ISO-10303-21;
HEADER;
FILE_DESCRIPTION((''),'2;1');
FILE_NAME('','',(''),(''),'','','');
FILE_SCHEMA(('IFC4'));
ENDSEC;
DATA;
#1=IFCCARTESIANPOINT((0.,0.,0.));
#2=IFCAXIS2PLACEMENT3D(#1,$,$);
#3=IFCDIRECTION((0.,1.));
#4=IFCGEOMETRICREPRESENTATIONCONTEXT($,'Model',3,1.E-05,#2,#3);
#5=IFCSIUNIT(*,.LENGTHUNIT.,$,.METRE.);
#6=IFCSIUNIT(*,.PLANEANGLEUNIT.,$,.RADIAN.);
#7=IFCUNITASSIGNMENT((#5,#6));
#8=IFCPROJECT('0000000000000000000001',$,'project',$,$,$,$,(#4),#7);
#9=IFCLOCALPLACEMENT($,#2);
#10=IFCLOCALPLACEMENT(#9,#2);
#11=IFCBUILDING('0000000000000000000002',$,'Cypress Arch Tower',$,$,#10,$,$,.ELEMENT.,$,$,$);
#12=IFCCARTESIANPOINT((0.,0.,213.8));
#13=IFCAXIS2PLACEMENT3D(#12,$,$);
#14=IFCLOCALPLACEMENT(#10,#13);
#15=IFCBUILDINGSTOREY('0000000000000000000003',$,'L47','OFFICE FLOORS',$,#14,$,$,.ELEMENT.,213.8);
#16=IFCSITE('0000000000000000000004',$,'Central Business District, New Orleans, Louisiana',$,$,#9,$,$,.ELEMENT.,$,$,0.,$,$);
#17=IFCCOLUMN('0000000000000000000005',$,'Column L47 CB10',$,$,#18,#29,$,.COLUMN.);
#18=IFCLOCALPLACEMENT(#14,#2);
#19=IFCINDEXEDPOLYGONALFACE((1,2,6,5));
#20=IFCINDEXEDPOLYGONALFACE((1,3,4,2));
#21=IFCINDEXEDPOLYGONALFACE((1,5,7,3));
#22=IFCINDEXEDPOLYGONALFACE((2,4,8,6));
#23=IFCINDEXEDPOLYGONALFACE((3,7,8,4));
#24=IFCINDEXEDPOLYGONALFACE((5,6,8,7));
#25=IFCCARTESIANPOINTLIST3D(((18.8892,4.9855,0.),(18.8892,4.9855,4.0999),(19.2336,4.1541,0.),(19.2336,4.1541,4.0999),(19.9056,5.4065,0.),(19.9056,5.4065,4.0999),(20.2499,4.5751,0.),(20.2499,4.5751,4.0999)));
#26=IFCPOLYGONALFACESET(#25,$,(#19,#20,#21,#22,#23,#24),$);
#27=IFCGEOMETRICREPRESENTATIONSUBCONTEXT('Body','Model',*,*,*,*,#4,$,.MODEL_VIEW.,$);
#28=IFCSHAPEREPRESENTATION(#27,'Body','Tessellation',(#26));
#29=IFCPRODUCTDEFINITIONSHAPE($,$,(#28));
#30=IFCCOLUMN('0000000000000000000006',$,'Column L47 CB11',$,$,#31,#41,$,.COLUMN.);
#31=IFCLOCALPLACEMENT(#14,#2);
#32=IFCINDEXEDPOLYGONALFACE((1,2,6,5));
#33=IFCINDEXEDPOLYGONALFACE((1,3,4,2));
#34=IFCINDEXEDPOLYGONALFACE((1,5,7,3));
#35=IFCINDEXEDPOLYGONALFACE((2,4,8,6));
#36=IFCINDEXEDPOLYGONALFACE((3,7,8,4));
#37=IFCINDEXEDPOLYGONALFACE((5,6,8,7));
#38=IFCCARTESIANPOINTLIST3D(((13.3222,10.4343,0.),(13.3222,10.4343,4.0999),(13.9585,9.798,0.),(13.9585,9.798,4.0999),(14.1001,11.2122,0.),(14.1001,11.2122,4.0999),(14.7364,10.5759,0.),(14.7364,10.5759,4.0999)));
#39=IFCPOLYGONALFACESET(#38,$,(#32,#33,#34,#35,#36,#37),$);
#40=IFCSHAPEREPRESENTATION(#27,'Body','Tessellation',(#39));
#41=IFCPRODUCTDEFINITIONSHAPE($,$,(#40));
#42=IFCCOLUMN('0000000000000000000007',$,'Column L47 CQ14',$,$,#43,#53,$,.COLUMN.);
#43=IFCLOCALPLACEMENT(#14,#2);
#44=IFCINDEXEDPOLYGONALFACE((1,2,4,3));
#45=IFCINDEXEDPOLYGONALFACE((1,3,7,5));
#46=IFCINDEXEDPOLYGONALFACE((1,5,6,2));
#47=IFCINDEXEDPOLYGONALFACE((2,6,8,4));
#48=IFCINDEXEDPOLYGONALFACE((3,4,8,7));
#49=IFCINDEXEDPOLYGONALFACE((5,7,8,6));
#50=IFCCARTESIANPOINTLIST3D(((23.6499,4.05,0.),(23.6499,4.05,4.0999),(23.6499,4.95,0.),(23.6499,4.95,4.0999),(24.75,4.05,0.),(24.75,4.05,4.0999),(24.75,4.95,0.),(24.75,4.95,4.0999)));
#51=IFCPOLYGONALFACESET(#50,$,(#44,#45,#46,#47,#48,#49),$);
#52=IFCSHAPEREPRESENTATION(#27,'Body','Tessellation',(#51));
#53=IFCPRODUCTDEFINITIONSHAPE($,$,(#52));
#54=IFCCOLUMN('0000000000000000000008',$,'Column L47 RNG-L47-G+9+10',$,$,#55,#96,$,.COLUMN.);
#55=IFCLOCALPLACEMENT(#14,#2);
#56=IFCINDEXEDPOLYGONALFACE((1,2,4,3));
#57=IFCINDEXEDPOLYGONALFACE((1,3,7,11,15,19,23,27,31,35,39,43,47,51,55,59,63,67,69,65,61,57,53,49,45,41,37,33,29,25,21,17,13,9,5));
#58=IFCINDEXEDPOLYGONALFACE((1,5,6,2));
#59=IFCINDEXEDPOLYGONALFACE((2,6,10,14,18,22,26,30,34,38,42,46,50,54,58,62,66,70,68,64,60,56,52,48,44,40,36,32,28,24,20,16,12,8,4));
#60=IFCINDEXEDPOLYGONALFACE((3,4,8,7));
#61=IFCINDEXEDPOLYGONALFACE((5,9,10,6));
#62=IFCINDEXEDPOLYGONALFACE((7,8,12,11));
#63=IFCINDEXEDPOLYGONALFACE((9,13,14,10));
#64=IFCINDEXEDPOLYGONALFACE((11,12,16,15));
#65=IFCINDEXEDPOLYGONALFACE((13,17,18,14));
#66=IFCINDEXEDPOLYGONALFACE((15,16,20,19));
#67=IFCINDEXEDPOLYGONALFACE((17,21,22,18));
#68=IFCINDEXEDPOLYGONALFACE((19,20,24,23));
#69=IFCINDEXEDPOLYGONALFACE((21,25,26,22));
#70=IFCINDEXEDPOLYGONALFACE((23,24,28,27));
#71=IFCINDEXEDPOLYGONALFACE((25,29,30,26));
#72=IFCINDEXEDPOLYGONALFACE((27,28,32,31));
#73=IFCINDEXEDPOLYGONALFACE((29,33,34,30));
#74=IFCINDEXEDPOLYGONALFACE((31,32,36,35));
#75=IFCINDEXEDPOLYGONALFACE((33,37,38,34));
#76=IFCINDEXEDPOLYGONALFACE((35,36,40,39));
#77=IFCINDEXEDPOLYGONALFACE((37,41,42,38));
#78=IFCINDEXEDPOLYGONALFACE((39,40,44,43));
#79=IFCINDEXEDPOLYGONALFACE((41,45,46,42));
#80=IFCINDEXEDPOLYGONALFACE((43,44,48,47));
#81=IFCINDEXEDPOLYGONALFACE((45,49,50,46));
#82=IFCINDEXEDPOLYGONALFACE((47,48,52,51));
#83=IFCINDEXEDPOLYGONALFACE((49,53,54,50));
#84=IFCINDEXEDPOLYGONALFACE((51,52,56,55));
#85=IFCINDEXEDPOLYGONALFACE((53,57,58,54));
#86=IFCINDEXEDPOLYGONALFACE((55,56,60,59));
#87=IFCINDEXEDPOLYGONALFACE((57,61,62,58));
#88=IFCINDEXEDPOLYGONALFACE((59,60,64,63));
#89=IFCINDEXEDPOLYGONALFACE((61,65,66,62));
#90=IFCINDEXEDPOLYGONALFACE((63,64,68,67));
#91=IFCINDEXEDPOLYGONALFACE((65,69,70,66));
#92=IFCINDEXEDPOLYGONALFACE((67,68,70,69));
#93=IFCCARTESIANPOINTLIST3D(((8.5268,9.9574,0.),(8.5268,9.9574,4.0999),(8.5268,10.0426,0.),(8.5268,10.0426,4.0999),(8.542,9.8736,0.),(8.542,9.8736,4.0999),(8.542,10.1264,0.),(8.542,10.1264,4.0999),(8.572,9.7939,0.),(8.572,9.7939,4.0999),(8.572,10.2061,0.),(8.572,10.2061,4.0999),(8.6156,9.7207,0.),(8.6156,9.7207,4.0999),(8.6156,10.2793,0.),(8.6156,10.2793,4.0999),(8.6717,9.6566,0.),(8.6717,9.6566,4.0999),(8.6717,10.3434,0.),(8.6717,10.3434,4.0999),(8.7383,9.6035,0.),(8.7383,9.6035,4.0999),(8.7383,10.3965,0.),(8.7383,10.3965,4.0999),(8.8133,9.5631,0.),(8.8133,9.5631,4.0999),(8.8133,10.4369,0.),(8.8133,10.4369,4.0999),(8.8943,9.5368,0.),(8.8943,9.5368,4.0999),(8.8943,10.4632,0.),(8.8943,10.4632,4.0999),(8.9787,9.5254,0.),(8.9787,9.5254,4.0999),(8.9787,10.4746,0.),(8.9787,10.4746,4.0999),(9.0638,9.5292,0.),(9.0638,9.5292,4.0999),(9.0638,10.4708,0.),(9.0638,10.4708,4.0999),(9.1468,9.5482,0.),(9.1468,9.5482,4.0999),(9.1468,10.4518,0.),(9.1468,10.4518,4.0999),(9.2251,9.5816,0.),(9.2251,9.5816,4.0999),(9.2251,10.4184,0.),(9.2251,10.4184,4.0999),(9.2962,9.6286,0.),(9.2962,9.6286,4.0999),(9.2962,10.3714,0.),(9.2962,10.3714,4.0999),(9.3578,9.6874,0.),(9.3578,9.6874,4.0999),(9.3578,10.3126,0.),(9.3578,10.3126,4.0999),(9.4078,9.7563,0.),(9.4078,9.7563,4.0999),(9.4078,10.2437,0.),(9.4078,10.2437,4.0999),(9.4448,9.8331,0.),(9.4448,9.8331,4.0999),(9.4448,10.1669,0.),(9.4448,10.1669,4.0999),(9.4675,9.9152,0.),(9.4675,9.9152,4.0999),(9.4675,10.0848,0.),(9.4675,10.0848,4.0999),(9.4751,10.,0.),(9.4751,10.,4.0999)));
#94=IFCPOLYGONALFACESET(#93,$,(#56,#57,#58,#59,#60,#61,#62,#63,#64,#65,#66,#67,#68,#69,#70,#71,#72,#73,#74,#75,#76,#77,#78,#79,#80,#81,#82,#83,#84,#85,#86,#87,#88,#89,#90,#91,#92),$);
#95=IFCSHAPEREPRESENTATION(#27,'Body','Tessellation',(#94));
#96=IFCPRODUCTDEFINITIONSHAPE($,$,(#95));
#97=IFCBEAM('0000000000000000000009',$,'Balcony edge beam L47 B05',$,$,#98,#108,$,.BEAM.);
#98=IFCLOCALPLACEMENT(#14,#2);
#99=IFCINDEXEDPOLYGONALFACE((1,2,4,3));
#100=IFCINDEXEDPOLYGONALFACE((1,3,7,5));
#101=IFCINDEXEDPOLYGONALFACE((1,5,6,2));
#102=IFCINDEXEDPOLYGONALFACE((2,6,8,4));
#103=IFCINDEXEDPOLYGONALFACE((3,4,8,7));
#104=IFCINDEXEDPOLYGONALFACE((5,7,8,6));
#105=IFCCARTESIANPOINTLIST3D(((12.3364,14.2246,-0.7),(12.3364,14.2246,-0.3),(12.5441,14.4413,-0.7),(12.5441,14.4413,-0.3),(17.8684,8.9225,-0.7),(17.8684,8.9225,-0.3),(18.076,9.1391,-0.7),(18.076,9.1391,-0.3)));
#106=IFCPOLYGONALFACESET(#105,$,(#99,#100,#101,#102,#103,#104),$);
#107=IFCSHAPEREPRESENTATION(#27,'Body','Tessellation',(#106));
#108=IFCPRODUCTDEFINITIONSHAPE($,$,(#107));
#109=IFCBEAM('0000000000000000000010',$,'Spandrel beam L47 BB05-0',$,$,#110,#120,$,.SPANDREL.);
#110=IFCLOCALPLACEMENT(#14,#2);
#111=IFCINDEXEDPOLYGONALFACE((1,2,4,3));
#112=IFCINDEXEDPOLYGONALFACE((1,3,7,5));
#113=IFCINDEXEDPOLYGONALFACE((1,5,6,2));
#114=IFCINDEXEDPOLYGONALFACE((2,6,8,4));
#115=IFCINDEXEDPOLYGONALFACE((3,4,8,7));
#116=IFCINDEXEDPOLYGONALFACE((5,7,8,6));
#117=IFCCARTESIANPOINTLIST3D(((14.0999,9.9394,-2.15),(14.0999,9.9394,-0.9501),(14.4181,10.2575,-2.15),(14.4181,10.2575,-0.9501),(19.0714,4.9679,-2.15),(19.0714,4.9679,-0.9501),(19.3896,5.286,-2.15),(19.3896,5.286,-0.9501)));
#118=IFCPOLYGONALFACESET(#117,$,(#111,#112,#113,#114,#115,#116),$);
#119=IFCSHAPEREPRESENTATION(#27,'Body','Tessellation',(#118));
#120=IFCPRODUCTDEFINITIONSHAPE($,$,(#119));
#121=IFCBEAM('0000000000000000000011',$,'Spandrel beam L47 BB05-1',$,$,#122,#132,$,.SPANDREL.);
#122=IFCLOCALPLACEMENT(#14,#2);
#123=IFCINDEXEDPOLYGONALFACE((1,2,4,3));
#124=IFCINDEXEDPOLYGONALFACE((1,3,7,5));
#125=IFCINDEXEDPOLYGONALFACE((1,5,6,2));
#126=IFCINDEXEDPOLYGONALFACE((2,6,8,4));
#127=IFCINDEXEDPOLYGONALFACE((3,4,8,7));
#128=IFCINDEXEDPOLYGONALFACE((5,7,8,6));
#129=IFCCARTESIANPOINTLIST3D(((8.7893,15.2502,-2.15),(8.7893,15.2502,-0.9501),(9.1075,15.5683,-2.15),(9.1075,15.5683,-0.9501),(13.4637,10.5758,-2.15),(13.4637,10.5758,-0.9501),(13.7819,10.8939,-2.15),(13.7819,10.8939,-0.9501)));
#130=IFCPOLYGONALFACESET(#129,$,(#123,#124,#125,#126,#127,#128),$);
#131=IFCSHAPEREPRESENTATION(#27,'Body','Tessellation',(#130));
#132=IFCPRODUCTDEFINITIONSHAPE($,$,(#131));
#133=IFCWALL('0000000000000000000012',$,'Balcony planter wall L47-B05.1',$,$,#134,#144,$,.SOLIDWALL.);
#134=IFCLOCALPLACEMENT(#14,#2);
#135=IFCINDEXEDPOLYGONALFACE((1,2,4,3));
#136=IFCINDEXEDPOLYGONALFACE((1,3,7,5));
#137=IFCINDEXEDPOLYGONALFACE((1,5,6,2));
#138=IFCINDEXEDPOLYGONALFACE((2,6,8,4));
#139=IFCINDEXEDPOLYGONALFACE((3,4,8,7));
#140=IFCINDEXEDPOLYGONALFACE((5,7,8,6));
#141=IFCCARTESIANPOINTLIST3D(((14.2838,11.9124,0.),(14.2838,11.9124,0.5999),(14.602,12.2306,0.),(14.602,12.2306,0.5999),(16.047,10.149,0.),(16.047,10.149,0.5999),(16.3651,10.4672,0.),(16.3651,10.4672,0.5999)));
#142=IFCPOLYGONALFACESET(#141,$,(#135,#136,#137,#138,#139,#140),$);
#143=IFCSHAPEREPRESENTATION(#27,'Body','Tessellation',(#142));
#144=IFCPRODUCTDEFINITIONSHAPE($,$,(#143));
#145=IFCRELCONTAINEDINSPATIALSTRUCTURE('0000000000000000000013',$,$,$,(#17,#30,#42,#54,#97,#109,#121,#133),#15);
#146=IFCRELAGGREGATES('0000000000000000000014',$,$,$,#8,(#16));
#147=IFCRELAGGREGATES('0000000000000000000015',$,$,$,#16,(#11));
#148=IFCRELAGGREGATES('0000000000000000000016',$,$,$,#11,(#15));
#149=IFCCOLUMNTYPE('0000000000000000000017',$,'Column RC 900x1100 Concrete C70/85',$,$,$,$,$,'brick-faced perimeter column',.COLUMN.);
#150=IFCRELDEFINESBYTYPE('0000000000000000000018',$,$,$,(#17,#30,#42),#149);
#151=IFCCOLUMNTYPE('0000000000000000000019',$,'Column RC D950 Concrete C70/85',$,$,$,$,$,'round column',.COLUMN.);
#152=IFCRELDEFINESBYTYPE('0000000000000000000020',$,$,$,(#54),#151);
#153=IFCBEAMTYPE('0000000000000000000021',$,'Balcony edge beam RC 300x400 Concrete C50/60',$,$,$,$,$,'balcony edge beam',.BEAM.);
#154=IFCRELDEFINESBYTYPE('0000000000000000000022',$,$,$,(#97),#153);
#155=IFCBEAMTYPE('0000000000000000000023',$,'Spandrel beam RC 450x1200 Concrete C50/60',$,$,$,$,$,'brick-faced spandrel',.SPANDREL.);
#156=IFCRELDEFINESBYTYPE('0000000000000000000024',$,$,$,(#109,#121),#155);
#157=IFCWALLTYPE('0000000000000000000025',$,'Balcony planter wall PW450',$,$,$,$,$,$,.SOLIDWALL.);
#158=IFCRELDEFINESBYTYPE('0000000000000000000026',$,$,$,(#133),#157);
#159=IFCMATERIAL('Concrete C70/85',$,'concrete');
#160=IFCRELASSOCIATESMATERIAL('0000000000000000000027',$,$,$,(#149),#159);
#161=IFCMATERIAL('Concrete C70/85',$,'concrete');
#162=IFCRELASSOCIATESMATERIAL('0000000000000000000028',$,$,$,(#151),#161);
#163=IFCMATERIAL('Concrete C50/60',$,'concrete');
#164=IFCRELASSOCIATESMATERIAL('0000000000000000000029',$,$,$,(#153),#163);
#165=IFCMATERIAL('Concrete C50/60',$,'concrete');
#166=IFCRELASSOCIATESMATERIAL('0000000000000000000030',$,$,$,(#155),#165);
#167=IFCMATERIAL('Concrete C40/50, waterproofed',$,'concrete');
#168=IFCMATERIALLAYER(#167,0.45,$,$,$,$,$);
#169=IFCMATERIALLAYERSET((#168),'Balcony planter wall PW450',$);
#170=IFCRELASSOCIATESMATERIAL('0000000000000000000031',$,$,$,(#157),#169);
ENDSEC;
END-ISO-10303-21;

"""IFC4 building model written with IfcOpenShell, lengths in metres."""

from ifc_helpers import new_model, si_unit, direction, frame, frame_2d, origin, origin_2d, place, context, subcontext, project, spatial, rectangle, circle, extrude, material, layer, layer_set, material_profile, profile_set, type_object, element, save


model = new_model("IFC4")

# Units and contexts
model_context = context("Model", 3, precision=1e-05, world=origin(), true_north=direction((0.0, 1.0)))
body_context = subcontext(model_context, "Body", "Model", "MODEL_VIEW")
ifc_project = project(units=[si_unit("LENGTHUNIT", "METRE"), si_unit("PLANEANGLEUNIT", "RADIAN")], contexts=[model_context])

# Site, building, storey
site_placement = place(None, origin())
site = spatial("IfcSite", under=ifc_project, at=site_placement, Name="Central Business District, New Orleans, Louisiana", CompositionType="ELEMENT", RefElevation=0.0)
building_placement = place(site_placement, origin())
building = spatial("IfcBuilding", under=site, at=building_placement, Name="Cypress Arch Tower", CompositionType="ELEMENT")
storey_placement = place(building_placement, frame((0.0, 0.0, 213.8)))
storey = spatial("IfcBuildingStorey", under=building, at=storey_placement, Name="L47", Description="OFFICE FLOORS", CompositionType="ELEMENT", Elevation=213.8)

# Columns
ifc_material_1 = material(Name="Concrete C70/85", Category="concrete")
ifc_material_profile_1 = material_profile(ifc_material_1, rectangle(XDim=0.8999, YDim=1.1001, at=origin_2d()), Name="RC 900x1100")
ifc_profile_set_1 = profile_set([ifc_material_profile_1], Name="Concrete C70/85")
column_type_1 = type_object("IfcColumnType", Name="Column RC 900x1100 Concrete C70/85", ElementType="brick-faced perimeter column", PredefinedType="COLUMN", material=ifc_profile_set_1)
for number, where, z_axis, x_axis, name in (
    (1, (19.5696, 4.7803, 0.0), (0.0, 0.0, 1.0), (-0.382683, 0.92388, 0.0), "Column L47 CB10"),
    (2, (14.0293, 10.5051, 0.0), (0.0, 0.0, 1.0), (-0.707107, 0.707107, 0.0), "Column L47 CB11"),
    (3, (24.2, 4.5, 0.0), (0.0, 0.0, 1.0), (0.0, 1.0, 0.0), "Column L47 CQ14"),
):
    element("IfcColumn", number, at=place(storey_placement, frame(where, z_axis=z_axis, x_axis=x_axis)), inside=storey, type_object=column_type_1, Name=name, PredefinedType="COLUMN", context=body_context, shape_type="SweptSolid", body=[
        extrude(rectangle(XDim=0.8999, YDim=1.1001, at=origin_2d()), origin(), (0.0, 0.0, 1.0), 4.0999),
    ])
ifc_material_2 = material(Name="Concrete C70/85", Category="concrete")
ifc_material_profile_2 = material_profile(ifc_material_2, circle(Radius=0.4751, at=origin_2d()), Name="RC D950")
ifc_profile_set_2 = profile_set([ifc_material_profile_2], Name="Concrete C70/85")
column_type_2 = type_object("IfcColumnType", Name="Column RC D950 Concrete C70/85", ElementType="round column", PredefinedType="COLUMN", material=ifc_profile_set_2)
column_placement = place(storey_placement, frame((9.0, 10.0, 0.0), z_axis=(0.0, 0.0, 1.0), x_axis=(1.0, 0.0, 0.0)))
element("IfcColumn", 4, at=column_placement, inside=storey, type_object=column_type_2, Name="Column L47 RNG-L47-G+9+10", PredefinedType="COLUMN", context=body_context, shape_type="SweptSolid", body=[
    extrude(circle(Radius=0.4751, at=origin_2d()), origin(), (0.0, 0.0, 1.0), 4.0999),
])

# Beams
ifc_material_3 = material(Name="Concrete C50/60", Category="concrete")
ifc_material_profile_3 = material_profile(ifc_material_3, rectangle(XDim=0.3, YDim=0.3999, at=origin_2d()), Name="RC 300x400")
ifc_profile_set_3 = profile_set([ifc_material_profile_3], Name="Concrete C50/60")
beam_type_1 = type_object("IfcBeamType", Name="Balcony edge beam RC 300x400 Concrete C50/60", ElementType="balcony edge beam", PredefinedType="BEAM", material=ifc_profile_set_3)
beam_1_placement = place(storey_placement, frame((17.9722, 9.0308, -0.5), z_axis=(-0.721938, 0.691957, 0.0), x_axis=(-0.691957, -0.721938, 0.0)))
element("IfcBeam", 5, at=beam_1_placement, inside=storey, type_object=beam_type_1, Name="Balcony edge beam L47 B05", PredefinedType="BEAM", context=body_context, shape_type="SweptSolid", body=[
    extrude(rectangle(XDim=0.3, YDim=0.3999, at=origin_2d()), origin(), (0.0, 0.0, 1.0), 7.6626),
])
ifc_material_4 = material(Name="Concrete C50/60", Category="concrete")
ifc_material_profile_4 = material_profile(ifc_material_4, rectangle(XDim=0.45, YDim=1.2, at=origin_2d()), Name="RC 450x1200")
ifc_profile_set_4 = profile_set([ifc_material_profile_4], Name="Concrete C50/60")
beam_type_2 = type_object("IfcBeamType", Name="Spandrel beam RC 450x1200 Concrete C50/60", ElementType="brick-faced spandrel", PredefinedType="SPANDREL", material=ifc_profile_set_4)
beam_2_placement = place(storey_placement, frame((19.2305, 5.127, -1.55), z_axis=(-0.707107, 0.707107, 0.0), x_axis=(-0.707107, -0.707107, 0.0)))
element("IfcBeam", 6, at=beam_2_placement, inside=storey, type_object=beam_type_2, Name="Spandrel beam L47 BB05-0", PredefinedType="SPANDREL", context=body_context, shape_type="SweptSolid", body=[
    extrude(rectangle(XDim=0.45, YDim=1.2, at=origin_2d()), origin(), (0.0, 0.0, 1.0), 7.0308),
])
beam_3_placement = place(storey_placement, frame((13.6228, 10.7349, -1.55), z_axis=(-0.707107, 0.707107, 0.0), x_axis=(-0.707107, -0.707107, 0.0)))
element("IfcBeam", 7, at=beam_3_placement, inside=storey, type_object=beam_type_2, Name="Spandrel beam L47 BB05-1", PredefinedType="SPANDREL", context=body_context, shape_type="SweptSolid", body=[
    extrude(rectangle(XDim=0.45, YDim=1.2, at=origin_2d()), origin(), (0.0, 0.0, 1.0), 6.6106),
])

# Wall
ifc_material_5 = material(Name="Concrete C40/50, waterproofed", Category="concrete")
ifc_layer_1 = layer(ifc_material_5, 0.45)
ifc_layer_set_1 = layer_set([ifc_layer_1], Name="Balcony planter wall PW450")
wall_type_1 = type_object("IfcWallType", Name="Balcony planter wall PW450", PredefinedType="SOLIDWALL", material=ifc_layer_set_1)
wall_1_placement = place(storey_placement, frame((16.2061, 10.3081, 0.0), z_axis=(0.0, 0.0, 1.0), x_axis=(-0.707058, 0.707156, 0.0)))
element("IfcWall", 8, at=wall_1_placement, inside=storey, type_object=wall_type_1, Name="Balcony planter wall L47-B05.1", PredefinedType="SOLIDWALL", context=body_context, shape_type="SweptSolid", body=[
    extrude(rectangle(XDim=2.4937, YDim=0.45, at=frame_2d((1.2468, 0.0))), origin(), (0.0, 0.0, 1.0), 0.5999),
])

save(model, "model.ifc")
